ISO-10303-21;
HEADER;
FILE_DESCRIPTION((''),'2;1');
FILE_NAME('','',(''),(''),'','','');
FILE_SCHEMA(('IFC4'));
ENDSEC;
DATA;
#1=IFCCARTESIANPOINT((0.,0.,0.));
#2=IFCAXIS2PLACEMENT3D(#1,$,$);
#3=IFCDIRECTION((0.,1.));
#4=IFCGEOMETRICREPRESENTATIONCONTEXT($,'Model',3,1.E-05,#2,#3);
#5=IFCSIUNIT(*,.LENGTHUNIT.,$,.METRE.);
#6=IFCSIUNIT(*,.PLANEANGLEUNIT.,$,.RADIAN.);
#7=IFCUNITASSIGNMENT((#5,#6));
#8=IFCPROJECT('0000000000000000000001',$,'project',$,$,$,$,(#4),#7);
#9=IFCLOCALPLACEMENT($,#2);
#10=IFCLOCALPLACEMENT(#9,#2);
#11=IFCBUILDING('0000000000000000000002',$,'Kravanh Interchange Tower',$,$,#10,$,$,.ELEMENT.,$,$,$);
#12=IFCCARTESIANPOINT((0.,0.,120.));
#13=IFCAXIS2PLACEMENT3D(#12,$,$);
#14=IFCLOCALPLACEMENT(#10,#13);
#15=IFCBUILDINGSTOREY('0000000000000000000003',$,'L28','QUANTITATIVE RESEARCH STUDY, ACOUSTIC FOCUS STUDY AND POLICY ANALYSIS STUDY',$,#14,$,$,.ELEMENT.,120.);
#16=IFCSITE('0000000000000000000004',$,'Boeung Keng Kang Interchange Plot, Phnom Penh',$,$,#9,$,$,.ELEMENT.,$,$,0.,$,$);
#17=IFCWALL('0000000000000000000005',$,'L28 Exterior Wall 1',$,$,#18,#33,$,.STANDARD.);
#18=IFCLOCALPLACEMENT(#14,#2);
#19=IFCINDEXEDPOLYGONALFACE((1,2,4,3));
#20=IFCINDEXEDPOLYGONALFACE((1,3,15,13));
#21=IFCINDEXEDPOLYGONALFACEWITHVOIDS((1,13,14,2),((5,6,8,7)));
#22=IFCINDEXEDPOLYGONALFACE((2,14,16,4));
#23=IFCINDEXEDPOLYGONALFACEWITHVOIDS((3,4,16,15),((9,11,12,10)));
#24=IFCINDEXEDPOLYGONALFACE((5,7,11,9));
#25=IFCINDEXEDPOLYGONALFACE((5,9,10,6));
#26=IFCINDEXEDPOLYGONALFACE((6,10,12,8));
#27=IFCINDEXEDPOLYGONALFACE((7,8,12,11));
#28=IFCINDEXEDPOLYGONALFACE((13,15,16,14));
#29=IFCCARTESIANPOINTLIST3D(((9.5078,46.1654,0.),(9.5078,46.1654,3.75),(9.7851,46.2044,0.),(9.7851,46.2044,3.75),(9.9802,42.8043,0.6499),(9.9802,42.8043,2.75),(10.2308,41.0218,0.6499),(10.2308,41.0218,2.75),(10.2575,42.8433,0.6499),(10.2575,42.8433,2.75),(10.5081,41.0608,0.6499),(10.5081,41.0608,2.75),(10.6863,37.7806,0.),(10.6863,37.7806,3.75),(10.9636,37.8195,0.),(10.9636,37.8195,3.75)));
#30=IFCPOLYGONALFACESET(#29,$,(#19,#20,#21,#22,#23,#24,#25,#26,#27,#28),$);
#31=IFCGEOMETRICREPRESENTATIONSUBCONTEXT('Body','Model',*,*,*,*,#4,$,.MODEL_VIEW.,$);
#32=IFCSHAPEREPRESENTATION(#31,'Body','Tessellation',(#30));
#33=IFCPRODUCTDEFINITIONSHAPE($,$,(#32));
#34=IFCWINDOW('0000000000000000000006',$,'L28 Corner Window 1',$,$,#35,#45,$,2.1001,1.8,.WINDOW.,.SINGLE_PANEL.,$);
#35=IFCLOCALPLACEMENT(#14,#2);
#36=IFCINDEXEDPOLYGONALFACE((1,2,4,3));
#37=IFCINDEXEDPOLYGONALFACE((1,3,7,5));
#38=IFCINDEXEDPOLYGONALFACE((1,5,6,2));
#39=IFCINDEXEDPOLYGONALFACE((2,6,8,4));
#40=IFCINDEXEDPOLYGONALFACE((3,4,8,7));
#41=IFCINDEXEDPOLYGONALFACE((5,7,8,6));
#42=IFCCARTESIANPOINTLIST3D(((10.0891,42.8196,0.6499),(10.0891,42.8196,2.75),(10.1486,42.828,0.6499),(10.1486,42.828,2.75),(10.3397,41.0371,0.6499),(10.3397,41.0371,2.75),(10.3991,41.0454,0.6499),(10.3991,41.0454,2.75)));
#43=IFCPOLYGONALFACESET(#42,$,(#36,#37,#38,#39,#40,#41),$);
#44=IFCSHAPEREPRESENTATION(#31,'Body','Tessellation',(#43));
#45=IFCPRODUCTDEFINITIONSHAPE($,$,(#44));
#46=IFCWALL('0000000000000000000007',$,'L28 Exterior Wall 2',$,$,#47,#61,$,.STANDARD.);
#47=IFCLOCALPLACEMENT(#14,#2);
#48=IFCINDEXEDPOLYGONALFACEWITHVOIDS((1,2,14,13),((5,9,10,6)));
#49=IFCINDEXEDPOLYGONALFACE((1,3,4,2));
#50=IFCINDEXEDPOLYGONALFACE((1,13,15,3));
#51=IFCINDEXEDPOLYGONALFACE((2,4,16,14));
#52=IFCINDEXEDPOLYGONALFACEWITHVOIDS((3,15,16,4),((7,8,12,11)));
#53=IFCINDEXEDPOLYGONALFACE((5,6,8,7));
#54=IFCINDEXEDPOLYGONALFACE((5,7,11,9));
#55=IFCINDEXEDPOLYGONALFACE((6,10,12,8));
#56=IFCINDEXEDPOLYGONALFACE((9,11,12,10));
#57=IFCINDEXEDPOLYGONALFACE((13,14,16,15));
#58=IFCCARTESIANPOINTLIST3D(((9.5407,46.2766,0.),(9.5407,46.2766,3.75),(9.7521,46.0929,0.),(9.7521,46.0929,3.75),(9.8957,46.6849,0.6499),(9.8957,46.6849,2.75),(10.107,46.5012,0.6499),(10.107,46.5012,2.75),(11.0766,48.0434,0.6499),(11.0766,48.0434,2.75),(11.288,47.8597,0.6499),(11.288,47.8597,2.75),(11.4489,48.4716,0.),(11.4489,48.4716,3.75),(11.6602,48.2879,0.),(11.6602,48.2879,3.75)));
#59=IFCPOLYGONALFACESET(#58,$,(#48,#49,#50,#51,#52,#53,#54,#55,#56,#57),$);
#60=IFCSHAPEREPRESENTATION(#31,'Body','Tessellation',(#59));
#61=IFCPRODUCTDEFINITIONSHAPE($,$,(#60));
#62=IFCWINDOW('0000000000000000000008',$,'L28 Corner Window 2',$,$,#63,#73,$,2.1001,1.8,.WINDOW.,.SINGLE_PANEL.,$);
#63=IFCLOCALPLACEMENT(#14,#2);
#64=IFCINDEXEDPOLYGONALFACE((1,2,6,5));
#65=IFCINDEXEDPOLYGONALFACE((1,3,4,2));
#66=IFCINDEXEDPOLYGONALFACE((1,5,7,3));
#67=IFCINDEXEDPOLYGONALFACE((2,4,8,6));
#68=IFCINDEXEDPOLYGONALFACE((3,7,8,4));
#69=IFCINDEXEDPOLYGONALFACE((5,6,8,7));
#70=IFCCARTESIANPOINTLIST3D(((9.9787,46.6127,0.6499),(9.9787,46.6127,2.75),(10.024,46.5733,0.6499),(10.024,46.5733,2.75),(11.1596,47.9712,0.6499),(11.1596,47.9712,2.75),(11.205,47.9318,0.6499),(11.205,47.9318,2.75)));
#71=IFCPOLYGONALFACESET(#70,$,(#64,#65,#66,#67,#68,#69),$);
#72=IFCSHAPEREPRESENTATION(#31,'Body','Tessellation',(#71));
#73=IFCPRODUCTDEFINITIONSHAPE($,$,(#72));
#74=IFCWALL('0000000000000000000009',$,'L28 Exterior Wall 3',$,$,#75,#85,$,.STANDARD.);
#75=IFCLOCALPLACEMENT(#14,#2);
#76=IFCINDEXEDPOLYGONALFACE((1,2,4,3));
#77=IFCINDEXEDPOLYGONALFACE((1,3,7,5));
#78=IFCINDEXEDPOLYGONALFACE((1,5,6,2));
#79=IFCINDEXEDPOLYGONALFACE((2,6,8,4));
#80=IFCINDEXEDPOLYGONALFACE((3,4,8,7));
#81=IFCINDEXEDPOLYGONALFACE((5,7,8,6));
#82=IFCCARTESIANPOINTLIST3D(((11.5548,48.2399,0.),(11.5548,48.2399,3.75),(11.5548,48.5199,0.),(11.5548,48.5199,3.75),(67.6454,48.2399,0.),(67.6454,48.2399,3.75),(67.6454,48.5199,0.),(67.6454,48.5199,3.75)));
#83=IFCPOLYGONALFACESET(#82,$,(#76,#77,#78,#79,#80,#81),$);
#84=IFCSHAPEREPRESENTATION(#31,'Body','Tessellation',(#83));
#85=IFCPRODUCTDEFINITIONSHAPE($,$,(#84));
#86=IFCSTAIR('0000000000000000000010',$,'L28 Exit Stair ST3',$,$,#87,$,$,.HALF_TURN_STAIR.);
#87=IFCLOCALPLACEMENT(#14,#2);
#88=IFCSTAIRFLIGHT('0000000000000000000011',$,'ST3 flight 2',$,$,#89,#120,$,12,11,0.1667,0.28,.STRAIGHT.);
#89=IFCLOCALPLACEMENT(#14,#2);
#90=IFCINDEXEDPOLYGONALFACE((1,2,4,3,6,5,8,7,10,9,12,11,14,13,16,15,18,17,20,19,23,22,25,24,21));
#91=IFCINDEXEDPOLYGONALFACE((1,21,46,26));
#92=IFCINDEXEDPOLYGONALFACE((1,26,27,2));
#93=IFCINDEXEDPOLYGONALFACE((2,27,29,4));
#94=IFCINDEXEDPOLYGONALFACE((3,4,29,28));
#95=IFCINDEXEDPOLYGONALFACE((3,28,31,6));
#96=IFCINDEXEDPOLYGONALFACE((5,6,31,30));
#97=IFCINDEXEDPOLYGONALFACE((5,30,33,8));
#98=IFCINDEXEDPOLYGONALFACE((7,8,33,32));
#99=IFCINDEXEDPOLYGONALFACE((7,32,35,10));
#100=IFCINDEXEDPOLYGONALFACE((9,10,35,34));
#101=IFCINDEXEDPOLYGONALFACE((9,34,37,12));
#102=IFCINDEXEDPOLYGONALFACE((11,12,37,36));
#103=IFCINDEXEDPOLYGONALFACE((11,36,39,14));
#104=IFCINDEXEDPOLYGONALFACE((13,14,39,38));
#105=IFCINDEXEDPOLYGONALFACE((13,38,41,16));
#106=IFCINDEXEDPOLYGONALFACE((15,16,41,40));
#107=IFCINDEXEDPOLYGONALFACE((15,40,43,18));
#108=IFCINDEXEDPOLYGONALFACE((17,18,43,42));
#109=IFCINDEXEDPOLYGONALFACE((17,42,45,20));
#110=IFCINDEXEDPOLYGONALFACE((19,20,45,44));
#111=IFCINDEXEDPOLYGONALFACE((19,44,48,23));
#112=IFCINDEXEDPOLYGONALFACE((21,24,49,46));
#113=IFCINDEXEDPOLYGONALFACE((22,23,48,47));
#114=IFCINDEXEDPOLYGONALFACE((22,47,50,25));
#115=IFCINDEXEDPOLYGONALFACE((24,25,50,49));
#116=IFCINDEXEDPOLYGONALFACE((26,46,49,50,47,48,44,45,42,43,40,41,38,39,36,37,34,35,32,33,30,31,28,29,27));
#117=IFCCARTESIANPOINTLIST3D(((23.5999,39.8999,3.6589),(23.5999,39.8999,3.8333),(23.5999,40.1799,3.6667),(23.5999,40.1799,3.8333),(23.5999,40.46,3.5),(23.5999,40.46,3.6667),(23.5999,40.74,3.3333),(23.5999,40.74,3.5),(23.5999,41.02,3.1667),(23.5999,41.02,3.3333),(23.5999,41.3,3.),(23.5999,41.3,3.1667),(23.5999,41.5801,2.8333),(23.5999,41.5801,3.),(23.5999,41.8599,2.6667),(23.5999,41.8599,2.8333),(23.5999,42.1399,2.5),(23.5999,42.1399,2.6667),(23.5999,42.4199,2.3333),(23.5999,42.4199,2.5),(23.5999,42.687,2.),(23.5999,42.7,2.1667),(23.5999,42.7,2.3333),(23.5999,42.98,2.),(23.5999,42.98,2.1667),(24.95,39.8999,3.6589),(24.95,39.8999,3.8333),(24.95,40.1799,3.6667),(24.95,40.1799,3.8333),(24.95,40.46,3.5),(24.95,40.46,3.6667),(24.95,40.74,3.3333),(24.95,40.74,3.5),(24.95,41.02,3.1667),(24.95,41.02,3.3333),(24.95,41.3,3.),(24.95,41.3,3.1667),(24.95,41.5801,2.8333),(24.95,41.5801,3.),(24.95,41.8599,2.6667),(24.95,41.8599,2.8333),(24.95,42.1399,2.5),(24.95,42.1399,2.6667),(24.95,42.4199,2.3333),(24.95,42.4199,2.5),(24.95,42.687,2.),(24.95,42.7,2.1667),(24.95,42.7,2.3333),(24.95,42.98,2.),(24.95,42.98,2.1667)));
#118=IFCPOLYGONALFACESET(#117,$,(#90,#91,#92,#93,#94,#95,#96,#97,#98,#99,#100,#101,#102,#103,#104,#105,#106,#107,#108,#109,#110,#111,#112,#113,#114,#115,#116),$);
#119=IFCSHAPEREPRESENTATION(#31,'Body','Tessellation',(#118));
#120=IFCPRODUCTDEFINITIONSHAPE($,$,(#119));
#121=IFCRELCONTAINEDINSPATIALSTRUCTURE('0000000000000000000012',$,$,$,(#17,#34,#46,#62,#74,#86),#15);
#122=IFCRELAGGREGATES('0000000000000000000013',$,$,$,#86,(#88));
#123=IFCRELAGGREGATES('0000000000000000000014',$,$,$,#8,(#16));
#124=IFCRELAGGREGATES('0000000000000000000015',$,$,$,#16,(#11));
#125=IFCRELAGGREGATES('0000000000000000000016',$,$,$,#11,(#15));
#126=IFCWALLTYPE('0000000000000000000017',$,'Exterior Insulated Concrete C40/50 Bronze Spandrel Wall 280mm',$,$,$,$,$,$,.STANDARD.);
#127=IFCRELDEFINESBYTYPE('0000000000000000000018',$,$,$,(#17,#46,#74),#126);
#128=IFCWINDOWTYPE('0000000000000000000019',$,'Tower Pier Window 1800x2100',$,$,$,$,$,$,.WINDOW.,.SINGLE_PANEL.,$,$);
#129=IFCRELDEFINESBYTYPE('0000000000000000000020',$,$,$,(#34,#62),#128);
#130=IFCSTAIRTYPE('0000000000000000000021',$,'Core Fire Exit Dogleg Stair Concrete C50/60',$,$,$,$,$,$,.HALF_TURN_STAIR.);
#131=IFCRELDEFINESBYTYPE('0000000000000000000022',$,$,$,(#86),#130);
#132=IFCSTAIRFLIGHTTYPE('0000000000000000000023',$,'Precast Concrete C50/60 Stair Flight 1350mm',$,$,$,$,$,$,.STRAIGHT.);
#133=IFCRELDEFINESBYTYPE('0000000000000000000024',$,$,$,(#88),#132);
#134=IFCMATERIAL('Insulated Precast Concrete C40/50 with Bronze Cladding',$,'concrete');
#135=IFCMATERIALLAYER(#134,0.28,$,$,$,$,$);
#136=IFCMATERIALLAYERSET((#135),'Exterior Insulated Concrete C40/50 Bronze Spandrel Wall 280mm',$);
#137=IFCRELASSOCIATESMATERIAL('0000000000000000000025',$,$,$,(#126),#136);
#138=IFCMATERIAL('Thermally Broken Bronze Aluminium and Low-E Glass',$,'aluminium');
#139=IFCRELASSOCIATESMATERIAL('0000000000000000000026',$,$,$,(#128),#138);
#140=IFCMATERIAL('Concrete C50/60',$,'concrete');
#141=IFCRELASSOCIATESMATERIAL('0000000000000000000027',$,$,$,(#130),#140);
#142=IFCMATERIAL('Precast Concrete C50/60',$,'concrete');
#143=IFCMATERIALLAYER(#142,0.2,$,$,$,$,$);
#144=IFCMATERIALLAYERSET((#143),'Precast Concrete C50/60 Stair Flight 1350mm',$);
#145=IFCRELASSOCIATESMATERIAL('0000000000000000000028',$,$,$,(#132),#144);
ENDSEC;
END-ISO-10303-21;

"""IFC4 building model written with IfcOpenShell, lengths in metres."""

from ifc_helpers import new_model, si_unit, direction, frame, frame_2d, origin, place, context, subcontext, project, spatial, polyline, rectangle, outline, extrude, material, layer, layer_set, type_object, element, fill, aggregate, save


model = new_model("IFC4")

# Units and contexts
model_context = context("Model", 3, precision=1e-05, world=origin(), true_north=direction((0.0, 1.0)))
body_context = subcontext(model_context, "Body", "Model", "MODEL_VIEW")
ifc_project = project(units=[si_unit("LENGTHUNIT", "METRE"), si_unit("PLANEANGLEUNIT", "RADIAN")], contexts=[model_context])

# Site, building, storey
site_placement = place(None, origin())
site = spatial("IfcSite", under=ifc_project, at=site_placement, Name="Boeung Keng Kang Interchange Plot, Phnom Penh", CompositionType="ELEMENT", RefElevation=0.0)
building_placement = place(site_placement, origin())
building = spatial("IfcBuilding", under=site, at=building_placement, Name="Kravanh Interchange Tower", CompositionType="ELEMENT")
storey_placement = place(building_placement, frame((0.0, 0.0, 120.0)))
storey = spatial("IfcBuildingStorey", under=building, at=storey_placement, Name="L28", Description="QUANTITATIVE RESEARCH STUDY, ACOUSTIC FOCUS STUDY AND POLICY ANALYSIS STUDY", CompositionType="ELEMENT", Elevation=120.0)

# Walls, openings, windows
ifc_material_1 = material(Name="Insulated Precast Concrete C40/50 with Bronze Cladding", Category="concrete")
ifc_layer_1 = layer(ifc_material_1, 0.28)
ifc_layer_set_1 = layer_set([ifc_layer_1], Name="Exterior Insulated Concrete C40/50 Bronze Spandrel Wall 280mm")
wall_type_1 = type_object("IfcWallType", Name="Exterior Insulated Concrete C40/50 Bronze Spandrel Wall 280mm", PredefinedType="STANDARD", material=ifc_layer_set_1)
wall_1_placement = place(storey_placement, frame((10.825, 37.8, 0.0), z_axis=(0.0, 0.0, 1.0), x_axis=(-0.139181, 0.990267, 0.0)))
wall_1 = element("IfcWall", 1, at=wall_1_placement, inside=storey, type_object=wall_type_1, Name="L28 Exterior Wall 1", PredefinedType="STANDARD", context=body_context, shape_type="SweptSolid", body=[
    extrude(rectangle(XDim=8.4673, YDim=0.28, at=frame_2d((4.2336, 0.0))), origin(), (0.0, 0.0, 1.0), 3.75),
])
opening_1_placement = place(wall_1_placement, frame((3.2732, 0.0, 0.6499)))
opening_1 = element("IfcOpeningElement", 2, at=opening_1_placement, cuts=wall_1, PredefinedType="OPENING", context=body_context, shape_type="SweptSolid", body=[
    extrude(rectangle(XDim=1.8, YDim=2.1001, at=frame_2d((0.8999, 1.05))), frame((0.0, 0.1499, 0.0), z_axis=(0.0, -1.0, 0.0), x_axis=(1.0, 0.0, 0.0)), (0.0, 0.0, 1.0), 0.3),
])
ifc_material_2 = material(Name="Thermally Broken Bronze Aluminium and Low-E Glass", Category="aluminium")
window_type = type_object("IfcWindowType", Name="Tower Pier Window 1800x2100", PartitioningType="SINGLE_PANEL", PredefinedType="WINDOW", material=ifc_material_2)
window_1_placement = place(opening_1_placement, origin())
window_1 = element("IfcWindow", 3, at=window_1_placement, inside=storey, type_object=window_type, Name="L28 Corner Window 1", OverallHeight=2.1001, OverallWidth=1.8, PartitioningType="SINGLE_PANEL", PredefinedType="WINDOW", context=body_context, shape_type="SweptSolid", body=[
    extrude(rectangle(XDim=1.8, YDim=2.1001, at=frame_2d((0.8999, 1.05))), frame((0.0, 0.03, 0.0), z_axis=(0.0, -1.0, 0.0), x_axis=(1.0, 0.0, 0.0)), (0.0, 0.0, 1.0), 0.0601),
])
fill(opening_1, window_1)
wall_2_placement = place(storey_placement, frame((9.6465, 46.1848, 0.0), z_axis=(0.0, 0.0, 1.0), x_axis=(0.656071, 0.754699, 0.0)))
wall_2 = element("IfcWall", 4, at=wall_2_placement, inside=storey, type_object=wall_type_1, Name="L28 Exterior Wall 2", PredefinedType="STANDARD", context=body_context, shape_type="SweptSolid", body=[
    extrude(rectangle(XDim=2.9084, YDim=0.28, at=frame_2d((1.4541, 0.0))), origin(), (0.0, 0.0, 1.0), 3.75),
])
opening_2_placement = place(wall_2_placement, frame((0.541, 0.0, 0.6499)))
opening_2 = element("IfcOpeningElement", 5, at=opening_2_placement, cuts=wall_2, PredefinedType="OPENING", context=body_context, shape_type="SweptSolid", body=[
    extrude(rectangle(XDim=1.8, YDim=2.1001, at=frame_2d((0.8999, 1.05))), frame((0.0, 0.1499, 0.0), z_axis=(0.0, -1.0, 0.0), x_axis=(1.0, 0.0, 0.0)), (0.0, 0.0, 1.0), 0.3),
])
window_2_placement = place(opening_2_placement, origin())
window_2 = element("IfcWindow", 6, at=window_2_placement, inside=storey, type_object=window_type, Name="L28 Corner Window 2", OverallHeight=2.1001, OverallWidth=1.8, PartitioningType="SINGLE_PANEL", PredefinedType="WINDOW", context=body_context, shape_type="SweptSolid", body=[
    extrude(rectangle(XDim=1.8, YDim=2.1001, at=frame_2d((0.8999, 1.05))), frame((0.0, 0.03, 0.0), z_axis=(0.0, -1.0, 0.0), x_axis=(1.0, 0.0, 0.0)), (0.0, 0.0, 1.0), 0.0601),
])
fill(opening_2, window_2)

# Wall
wall_3_placement = place(storey_placement, frame((11.5547, 48.3799, 0.0), z_axis=(0.0, 0.0, 1.0), x_axis=(1.0, 0.0, 0.0)))
element("IfcWall", 7, at=wall_3_placement, inside=storey, type_object=wall_type_1, Name="L28 Exterior Wall 3", PredefinedType="STANDARD", context=body_context, shape_type="SweptSolid", body=[
    extrude(rectangle(XDim=56.0906, YDim=0.28, at=frame_2d((28.0454, 0.0))), origin(), (0.0, 0.0, 1.0), 3.75),
])

# Stair, stair flight
ifc_material_3 = material(Name="Concrete C50/60", Category="concrete")
stair_type = type_object("IfcStairType", Name="Core Fire Exit Dogleg Stair Concrete C50/60", PredefinedType="HALF_TURN_STAIR", material=ifc_material_3)
stair_placement = place(storey_placement, origin())
stair = element("IfcStair", 8, at=stair_placement, inside=storey, type_object=stair_type, Name="L28 Exit Stair ST3", PredefinedType="HALF_TURN_STAIR")
ifc_material_4 = material(Name="Precast Concrete C50/60", Category="concrete")
ifc_layer_2 = layer(ifc_material_4, 0.2)
ifc_layer_set_2 = layer_set([ifc_layer_2], Name="Precast Concrete C50/60 Stair Flight 1350mm")
stair_flight_type = type_object("IfcStairFlightType", Name="Precast Concrete C50/60 Stair Flight 1350mm", PredefinedType="STRAIGHT", material=ifc_layer_set_2)
stair_flight_placement = place(storey_placement, frame((24.2749, 42.98, 2.0), z_axis=(0.0, 0.0, 1.0), x_axis=(0.0, -1.0, 0.0)))
stair_flight = element("IfcStairFlight", 9, at=stair_flight_placement, type_object=stair_flight_type, Name="ST3 flight 2", NumberOfRisers=12, NumberOfTreads=11, PredefinedType="STRAIGHT", RiserHeight=0.1667, TreadLength=0.28, context=body_context, shape_type="SweptSolid", body=[
    extrude(outline(polyline([(0.0, 0.0), (0.0, 0.1667), (0.28, 0.1667), (0.28, 0.3333), (0.5601, 0.3333), (0.5601, 0.5), (0.8401, 0.5), (0.8401, 0.6667), (1.1201, 0.6667), (1.1201, 0.8333), (1.3999, 0.8333), (1.3999, 1.0), (1.6799, 1.0), (1.6799, 1.1667), (1.96, 1.1667), (1.96, 1.3333), (2.24, 1.3333), (2.24, 1.5), (2.52, 1.5), (2.52, 1.6667), (2.8, 1.6667), (2.8, 1.8333), (3.0801, 1.8333), (3.0801, 2.0), (3.0801, 1.6589), (0.293, 0.0), (0.0, 0.0)])), frame((0.0, 0.675, 0.0), z_axis=(0.0, -1.0, 0.0), x_axis=(1.0, 0.0, 0.0)), (0.0, 0.0, 1.0), 1.3501),
])
aggregate(stair, [stair_flight])

save(model, "model.ifc")
